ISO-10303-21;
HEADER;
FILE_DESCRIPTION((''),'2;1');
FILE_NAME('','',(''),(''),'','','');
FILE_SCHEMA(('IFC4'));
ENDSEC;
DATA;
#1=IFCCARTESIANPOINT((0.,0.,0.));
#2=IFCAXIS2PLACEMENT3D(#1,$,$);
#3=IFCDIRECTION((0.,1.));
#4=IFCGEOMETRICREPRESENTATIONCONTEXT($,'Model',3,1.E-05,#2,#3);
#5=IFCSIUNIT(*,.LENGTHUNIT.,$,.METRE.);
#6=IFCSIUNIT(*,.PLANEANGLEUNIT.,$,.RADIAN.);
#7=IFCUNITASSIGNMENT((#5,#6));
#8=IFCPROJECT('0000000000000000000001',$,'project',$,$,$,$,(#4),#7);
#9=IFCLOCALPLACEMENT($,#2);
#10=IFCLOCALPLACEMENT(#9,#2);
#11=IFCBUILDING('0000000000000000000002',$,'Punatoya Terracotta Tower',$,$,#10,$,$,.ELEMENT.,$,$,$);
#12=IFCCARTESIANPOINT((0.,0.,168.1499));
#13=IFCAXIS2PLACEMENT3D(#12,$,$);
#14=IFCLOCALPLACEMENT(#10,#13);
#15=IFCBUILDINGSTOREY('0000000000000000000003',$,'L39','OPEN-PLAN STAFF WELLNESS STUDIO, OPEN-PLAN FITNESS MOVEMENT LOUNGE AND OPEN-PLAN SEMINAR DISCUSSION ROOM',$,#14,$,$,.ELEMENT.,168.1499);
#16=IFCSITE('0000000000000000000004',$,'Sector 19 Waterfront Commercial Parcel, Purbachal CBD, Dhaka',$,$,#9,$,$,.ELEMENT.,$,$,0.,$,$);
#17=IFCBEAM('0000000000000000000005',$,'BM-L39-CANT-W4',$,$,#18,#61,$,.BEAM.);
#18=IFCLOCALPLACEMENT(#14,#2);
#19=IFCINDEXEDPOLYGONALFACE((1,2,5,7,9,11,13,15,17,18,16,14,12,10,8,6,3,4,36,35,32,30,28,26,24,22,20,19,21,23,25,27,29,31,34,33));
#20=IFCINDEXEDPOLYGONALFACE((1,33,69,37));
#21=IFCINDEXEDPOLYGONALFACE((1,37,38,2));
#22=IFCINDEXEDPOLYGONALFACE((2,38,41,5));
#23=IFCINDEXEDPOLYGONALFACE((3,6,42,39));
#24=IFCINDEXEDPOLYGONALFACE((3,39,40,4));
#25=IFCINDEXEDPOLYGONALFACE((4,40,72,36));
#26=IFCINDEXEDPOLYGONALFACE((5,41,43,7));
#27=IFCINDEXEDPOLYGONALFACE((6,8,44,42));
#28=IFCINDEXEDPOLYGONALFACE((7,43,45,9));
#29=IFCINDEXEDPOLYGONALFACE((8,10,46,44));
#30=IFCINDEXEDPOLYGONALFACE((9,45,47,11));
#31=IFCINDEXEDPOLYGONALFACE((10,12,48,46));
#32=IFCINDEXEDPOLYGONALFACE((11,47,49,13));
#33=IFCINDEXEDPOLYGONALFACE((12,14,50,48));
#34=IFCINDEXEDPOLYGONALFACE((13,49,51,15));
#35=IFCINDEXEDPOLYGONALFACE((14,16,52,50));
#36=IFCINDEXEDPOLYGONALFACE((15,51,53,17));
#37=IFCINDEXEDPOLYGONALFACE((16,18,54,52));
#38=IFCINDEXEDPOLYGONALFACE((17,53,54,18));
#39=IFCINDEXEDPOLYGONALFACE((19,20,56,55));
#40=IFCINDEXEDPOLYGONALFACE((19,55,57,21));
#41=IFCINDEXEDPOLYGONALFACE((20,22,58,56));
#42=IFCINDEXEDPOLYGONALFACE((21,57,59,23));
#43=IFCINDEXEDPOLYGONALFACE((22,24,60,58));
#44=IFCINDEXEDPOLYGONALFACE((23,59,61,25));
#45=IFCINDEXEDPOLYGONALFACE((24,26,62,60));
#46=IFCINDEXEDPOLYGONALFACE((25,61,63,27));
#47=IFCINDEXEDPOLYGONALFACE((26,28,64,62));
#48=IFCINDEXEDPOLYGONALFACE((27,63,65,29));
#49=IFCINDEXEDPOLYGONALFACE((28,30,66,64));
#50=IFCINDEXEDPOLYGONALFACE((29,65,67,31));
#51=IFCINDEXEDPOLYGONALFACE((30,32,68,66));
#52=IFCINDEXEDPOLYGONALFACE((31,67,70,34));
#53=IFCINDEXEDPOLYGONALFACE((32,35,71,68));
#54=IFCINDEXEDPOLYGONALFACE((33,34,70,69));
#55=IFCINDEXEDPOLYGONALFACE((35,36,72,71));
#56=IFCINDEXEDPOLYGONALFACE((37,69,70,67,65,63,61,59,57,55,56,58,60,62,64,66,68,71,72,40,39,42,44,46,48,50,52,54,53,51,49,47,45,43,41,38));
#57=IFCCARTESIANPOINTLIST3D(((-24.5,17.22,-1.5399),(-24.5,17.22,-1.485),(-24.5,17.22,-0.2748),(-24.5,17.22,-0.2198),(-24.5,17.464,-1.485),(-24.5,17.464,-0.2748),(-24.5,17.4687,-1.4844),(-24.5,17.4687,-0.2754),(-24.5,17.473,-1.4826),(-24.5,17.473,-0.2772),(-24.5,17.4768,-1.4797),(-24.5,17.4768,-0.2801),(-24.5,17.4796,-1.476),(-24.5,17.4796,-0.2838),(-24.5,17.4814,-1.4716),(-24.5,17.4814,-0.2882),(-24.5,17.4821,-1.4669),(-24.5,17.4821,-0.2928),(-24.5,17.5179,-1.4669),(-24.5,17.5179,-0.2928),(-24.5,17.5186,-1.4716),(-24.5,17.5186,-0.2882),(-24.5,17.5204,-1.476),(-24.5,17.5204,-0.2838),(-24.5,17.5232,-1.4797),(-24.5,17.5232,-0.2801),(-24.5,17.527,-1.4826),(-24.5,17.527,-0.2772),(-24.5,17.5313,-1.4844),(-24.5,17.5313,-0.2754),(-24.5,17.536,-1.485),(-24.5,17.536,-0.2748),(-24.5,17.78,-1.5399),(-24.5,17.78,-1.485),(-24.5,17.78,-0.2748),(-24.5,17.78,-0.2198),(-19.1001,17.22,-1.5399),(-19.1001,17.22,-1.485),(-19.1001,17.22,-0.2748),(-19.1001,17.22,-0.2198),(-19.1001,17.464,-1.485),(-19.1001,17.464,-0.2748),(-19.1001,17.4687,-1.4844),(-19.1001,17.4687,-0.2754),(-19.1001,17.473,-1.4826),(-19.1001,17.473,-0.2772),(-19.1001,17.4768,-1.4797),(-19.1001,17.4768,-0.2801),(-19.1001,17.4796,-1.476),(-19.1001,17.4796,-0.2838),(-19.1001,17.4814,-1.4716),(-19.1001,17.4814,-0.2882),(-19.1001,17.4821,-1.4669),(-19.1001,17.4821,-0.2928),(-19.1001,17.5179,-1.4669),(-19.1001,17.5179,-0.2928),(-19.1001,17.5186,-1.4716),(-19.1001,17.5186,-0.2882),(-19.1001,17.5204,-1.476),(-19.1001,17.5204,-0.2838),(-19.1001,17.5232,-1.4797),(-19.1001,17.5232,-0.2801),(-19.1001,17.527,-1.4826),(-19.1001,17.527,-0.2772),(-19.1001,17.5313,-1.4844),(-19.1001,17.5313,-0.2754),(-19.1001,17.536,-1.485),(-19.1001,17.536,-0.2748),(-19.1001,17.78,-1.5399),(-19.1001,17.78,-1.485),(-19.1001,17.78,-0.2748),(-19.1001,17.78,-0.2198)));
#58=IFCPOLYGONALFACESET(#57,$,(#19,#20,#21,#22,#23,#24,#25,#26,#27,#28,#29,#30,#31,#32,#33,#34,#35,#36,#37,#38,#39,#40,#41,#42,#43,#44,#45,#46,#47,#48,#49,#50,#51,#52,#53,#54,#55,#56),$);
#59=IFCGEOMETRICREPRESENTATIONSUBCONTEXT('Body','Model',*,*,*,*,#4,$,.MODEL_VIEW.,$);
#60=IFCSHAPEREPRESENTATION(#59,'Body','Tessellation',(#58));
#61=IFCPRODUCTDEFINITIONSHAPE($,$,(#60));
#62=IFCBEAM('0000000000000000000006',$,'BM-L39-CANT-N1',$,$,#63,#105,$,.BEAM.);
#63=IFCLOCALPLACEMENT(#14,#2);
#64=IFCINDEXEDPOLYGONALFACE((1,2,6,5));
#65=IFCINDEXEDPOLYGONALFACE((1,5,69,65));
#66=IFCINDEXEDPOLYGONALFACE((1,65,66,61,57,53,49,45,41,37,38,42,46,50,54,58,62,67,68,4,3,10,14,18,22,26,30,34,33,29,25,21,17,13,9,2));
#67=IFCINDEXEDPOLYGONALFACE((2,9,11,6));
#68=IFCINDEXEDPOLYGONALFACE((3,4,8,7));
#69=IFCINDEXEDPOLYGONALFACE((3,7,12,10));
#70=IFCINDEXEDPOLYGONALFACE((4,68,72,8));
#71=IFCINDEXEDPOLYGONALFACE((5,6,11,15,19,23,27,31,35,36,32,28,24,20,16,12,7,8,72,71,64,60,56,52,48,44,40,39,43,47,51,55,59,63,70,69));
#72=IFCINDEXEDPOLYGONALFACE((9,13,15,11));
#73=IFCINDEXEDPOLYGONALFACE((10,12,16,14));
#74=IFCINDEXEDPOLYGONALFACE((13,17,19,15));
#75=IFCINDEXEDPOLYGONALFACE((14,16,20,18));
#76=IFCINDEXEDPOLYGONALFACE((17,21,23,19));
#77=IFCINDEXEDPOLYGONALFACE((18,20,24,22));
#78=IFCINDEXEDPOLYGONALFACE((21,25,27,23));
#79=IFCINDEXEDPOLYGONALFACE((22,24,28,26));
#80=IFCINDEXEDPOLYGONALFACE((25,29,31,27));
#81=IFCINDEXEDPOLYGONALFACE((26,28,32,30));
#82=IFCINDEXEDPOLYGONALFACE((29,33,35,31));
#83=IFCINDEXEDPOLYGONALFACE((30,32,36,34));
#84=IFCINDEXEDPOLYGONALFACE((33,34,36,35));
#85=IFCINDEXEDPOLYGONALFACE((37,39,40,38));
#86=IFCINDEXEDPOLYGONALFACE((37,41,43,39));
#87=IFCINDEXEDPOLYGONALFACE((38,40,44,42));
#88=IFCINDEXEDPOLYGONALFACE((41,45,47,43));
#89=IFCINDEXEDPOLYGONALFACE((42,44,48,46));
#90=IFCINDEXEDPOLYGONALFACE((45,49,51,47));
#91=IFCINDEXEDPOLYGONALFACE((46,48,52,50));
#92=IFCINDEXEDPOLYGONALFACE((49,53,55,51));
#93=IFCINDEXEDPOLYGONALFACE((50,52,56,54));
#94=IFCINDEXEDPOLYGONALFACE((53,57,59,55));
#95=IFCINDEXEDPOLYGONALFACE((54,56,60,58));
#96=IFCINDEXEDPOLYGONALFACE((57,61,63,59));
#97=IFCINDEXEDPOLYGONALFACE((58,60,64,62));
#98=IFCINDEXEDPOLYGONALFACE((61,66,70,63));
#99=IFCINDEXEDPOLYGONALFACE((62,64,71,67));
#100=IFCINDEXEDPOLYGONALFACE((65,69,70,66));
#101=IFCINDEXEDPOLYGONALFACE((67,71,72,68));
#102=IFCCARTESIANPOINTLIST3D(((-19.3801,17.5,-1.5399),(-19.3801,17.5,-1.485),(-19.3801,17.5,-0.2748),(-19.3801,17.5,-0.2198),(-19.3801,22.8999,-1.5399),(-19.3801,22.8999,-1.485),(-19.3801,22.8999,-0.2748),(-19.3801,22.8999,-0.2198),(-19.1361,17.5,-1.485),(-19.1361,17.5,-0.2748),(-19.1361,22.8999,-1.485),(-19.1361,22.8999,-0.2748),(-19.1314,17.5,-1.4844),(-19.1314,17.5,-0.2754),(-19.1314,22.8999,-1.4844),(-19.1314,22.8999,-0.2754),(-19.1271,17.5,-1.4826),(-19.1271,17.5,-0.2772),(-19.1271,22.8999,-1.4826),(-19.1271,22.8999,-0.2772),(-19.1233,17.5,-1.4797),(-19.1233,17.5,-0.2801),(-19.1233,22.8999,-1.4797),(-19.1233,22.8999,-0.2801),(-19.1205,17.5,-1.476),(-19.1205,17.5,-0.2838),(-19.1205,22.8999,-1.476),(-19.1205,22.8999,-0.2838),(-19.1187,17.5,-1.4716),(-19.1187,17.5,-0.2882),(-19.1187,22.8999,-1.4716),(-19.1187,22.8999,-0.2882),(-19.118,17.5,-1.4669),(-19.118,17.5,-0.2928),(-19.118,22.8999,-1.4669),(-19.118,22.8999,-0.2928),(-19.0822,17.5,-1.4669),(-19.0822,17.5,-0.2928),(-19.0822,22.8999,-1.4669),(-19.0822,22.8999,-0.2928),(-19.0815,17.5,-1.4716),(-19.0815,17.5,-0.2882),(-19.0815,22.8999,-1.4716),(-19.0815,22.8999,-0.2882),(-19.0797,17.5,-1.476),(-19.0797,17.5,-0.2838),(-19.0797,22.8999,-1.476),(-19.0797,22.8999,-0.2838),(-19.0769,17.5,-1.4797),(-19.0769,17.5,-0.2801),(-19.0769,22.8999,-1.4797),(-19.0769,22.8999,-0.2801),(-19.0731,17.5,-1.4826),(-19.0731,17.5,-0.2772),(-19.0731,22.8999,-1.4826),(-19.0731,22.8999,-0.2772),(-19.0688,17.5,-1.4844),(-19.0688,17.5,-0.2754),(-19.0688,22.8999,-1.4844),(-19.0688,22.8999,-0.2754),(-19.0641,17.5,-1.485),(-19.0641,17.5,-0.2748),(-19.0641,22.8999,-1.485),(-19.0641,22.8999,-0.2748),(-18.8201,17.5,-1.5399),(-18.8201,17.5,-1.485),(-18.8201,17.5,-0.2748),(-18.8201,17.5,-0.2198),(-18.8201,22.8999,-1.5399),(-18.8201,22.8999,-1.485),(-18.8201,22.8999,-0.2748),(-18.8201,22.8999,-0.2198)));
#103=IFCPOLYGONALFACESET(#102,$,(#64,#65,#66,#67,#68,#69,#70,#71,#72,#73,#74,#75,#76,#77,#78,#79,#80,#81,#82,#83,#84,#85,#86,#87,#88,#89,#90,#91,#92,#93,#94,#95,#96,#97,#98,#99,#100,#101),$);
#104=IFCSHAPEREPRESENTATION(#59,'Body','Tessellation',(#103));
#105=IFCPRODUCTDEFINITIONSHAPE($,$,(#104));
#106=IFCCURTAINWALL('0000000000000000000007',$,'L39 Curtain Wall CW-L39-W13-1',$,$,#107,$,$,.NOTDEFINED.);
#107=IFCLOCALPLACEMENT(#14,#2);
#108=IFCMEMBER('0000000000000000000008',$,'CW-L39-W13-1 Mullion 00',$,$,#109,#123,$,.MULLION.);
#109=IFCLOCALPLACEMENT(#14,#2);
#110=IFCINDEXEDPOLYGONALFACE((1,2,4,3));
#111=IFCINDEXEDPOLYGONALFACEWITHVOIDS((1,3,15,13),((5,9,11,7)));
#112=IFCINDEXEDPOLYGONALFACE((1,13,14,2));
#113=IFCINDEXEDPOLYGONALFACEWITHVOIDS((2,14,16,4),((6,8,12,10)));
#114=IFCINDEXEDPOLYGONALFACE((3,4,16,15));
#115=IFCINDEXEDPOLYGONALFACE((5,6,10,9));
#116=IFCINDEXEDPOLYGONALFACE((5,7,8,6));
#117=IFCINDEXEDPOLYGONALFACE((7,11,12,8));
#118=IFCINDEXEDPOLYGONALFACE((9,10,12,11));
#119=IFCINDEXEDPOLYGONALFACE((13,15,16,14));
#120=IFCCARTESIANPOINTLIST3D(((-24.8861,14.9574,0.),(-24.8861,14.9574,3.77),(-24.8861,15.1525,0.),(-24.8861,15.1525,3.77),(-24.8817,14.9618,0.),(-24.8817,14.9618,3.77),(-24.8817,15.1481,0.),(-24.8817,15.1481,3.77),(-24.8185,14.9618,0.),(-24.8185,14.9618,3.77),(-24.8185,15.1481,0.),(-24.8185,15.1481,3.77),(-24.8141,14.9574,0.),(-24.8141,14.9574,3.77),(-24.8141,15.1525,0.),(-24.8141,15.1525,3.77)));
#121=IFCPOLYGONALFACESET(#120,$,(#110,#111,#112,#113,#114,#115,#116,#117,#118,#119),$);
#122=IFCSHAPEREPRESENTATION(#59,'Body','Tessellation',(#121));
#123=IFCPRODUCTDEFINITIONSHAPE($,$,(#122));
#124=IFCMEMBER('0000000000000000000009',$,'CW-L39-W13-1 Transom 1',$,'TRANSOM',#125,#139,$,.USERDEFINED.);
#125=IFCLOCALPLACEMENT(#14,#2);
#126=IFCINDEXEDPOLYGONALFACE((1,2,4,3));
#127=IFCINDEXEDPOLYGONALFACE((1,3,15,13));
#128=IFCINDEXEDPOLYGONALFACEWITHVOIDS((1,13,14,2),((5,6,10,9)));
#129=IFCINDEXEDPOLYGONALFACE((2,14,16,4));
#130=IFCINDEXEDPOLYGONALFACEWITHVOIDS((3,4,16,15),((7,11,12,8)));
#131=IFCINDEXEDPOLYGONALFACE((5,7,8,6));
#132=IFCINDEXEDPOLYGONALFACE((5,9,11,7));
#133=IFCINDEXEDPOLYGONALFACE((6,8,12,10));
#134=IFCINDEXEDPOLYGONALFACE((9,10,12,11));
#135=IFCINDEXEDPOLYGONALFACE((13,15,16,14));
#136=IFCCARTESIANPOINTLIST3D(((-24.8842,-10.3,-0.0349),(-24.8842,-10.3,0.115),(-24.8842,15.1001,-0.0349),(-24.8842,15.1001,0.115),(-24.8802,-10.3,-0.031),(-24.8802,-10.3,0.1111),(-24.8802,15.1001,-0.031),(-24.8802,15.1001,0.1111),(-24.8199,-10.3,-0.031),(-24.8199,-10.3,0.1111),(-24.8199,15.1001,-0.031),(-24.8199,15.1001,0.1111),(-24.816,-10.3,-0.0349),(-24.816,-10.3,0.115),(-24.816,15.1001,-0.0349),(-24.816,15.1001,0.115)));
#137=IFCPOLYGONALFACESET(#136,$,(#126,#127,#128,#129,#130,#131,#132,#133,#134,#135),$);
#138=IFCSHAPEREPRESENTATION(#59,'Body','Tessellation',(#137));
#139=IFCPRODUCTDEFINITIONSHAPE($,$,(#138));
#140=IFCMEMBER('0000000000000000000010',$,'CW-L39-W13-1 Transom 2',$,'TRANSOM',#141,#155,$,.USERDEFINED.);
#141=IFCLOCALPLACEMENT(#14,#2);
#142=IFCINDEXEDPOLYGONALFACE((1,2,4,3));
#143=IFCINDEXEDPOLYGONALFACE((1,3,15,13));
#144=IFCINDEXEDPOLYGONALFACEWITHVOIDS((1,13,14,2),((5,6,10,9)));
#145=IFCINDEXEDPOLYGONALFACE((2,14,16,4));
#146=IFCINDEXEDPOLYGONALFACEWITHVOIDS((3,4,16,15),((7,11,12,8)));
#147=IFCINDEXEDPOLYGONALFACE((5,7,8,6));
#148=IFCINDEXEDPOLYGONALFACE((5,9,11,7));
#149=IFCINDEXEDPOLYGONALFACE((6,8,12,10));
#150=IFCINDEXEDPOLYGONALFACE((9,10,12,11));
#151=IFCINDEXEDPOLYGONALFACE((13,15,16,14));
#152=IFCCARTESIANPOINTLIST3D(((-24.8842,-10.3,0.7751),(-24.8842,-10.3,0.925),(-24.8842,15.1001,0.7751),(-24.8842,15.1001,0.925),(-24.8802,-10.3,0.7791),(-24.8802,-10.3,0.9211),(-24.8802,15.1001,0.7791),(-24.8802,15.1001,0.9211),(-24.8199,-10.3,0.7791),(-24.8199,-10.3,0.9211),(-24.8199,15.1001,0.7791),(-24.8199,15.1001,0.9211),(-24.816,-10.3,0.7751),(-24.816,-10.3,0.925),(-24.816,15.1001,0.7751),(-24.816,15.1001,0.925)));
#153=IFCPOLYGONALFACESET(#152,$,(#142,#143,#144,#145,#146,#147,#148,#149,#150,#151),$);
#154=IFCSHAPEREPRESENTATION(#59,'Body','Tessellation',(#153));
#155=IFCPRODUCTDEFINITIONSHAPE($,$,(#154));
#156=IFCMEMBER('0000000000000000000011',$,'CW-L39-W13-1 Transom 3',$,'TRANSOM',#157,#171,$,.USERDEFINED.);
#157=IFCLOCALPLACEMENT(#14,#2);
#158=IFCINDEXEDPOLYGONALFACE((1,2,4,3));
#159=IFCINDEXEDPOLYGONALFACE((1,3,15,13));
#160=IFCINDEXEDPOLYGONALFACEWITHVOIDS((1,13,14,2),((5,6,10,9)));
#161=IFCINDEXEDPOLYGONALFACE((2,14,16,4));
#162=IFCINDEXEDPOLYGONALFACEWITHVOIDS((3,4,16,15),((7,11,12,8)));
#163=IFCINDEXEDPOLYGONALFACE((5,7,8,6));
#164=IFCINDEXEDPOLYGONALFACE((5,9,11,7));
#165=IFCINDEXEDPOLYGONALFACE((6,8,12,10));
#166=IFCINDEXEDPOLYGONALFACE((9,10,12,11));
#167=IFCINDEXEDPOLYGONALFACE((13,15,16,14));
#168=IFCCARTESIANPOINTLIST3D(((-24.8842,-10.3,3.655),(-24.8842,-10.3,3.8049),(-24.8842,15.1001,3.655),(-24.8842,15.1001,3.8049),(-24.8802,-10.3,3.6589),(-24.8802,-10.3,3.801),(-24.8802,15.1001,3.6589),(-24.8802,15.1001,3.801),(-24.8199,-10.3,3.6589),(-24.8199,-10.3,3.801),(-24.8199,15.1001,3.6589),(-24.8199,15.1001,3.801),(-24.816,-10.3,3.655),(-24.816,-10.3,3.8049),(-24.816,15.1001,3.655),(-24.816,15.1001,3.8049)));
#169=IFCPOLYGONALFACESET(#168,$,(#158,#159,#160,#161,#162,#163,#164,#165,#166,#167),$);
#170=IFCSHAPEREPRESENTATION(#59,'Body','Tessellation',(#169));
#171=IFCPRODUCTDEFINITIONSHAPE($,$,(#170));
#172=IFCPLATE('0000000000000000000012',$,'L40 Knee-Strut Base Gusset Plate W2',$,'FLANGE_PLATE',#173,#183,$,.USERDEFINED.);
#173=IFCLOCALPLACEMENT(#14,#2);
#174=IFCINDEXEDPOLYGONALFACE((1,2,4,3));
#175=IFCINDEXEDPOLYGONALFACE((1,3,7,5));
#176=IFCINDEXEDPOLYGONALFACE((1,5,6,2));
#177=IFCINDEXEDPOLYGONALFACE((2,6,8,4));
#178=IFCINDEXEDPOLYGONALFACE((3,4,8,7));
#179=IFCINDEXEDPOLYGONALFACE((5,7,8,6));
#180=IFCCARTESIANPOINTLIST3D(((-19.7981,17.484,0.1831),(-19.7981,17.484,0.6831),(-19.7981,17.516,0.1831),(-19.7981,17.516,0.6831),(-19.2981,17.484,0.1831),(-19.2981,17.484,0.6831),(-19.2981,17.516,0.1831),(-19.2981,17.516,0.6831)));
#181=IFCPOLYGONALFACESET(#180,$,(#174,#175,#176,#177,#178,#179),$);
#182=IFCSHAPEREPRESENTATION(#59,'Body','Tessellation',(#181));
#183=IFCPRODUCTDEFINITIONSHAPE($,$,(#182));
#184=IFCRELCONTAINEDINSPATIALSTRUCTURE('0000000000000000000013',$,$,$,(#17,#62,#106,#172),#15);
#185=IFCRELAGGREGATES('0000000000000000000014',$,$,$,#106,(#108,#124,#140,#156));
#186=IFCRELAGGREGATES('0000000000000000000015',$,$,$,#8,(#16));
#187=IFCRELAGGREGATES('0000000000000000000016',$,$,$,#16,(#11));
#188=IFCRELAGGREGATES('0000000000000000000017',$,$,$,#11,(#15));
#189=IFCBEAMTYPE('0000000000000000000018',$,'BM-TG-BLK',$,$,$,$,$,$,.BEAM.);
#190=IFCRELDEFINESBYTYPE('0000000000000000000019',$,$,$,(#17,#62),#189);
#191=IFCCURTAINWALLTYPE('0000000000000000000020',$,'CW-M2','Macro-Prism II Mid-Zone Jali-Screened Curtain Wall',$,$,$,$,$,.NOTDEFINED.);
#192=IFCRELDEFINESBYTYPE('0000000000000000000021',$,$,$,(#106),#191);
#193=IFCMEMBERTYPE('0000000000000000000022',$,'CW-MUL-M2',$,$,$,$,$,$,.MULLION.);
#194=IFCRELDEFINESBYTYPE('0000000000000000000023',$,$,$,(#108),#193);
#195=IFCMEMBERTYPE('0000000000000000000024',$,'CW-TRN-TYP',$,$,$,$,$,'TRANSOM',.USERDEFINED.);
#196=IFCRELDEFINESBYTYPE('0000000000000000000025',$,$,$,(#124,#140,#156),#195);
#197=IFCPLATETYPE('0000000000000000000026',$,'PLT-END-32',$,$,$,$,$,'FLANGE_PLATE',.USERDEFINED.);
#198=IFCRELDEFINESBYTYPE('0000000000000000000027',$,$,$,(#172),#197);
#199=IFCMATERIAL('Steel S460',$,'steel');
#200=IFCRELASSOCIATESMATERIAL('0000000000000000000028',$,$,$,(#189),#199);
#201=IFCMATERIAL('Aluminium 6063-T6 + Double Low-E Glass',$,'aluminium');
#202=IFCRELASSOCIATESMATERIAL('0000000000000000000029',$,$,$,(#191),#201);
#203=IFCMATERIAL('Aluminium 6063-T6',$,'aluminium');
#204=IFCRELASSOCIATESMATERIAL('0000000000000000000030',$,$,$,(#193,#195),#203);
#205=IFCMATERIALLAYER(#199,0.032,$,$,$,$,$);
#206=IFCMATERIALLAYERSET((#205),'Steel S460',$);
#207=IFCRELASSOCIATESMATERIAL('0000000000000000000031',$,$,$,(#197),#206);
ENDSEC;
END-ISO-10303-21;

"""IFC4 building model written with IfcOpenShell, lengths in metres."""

from ifc_helpers import new_model, si_unit, direction, frame, origin, origin_2d, place, context, subcontext, project, spatial, rectangle, hollow_rectangle, i_section, extrude, material, layer, layer_set, material_profile, profile_set, type_object, element, aggregate, save


model = new_model("IFC4")

# Units and contexts
model_context = context("Model", 3, precision=1e-05, world=origin(), true_north=direction((0.0, 1.0)))
body_context = subcontext(model_context, "Body", "Model", "MODEL_VIEW")
ifc_project = project(units=[si_unit("LENGTHUNIT", "METRE"), si_unit("PLANEANGLEUNIT", "RADIAN")], contexts=[model_context])

# Site, building, storey
site_placement = place(None, origin())
site = spatial("IfcSite", under=ifc_project, at=site_placement, Name="Sector 19 Waterfront Commercial Parcel, Purbachal CBD, Dhaka", CompositionType="ELEMENT", RefElevation=0.0)
building_placement = place(site_placement, origin())
building = spatial("IfcBuilding", under=site, at=building_placement, Name="Punatoya Terracotta Tower", CompositionType="ELEMENT")
storey_placement = place(building_placement, frame((0.0, 0.0, 168.1499)))
storey = spatial("IfcBuildingStorey", under=building, at=storey_placement, Name="L39", Description="OPEN-PLAN STAFF WELLNESS STUDIO, OPEN-PLAN FITNESS MOVEMENT LOUNGE AND OPEN-PLAN SEMINAR DISCUSSION ROOM", CompositionType="ELEMENT", Elevation=168.1499)

# Shared definitions
ifc_material_1 = material(Name="Steel S460", Category="steel")

# Beams
ifc_material_profile_1 = material_profile(ifc_material_1, i_section(OverallWidth=0.5601, OverallDepth=1.3201, WebThickness=0.0359, FlangeThickness=0.0549, FilletRadius=0.0181, at=origin_2d()))
ifc_profile_set_1 = profile_set([ifc_material_profile_1], Name="Steel S460")
beam_type_1 = type_object("IfcBeamType", Name="BM-TG-BLK", PredefinedType="BEAM", material=ifc_profile_set_1)
for number, where, z_axis, x_axis, name in (
    (1, (-24.5, 17.5, -0.8799), (1.0, 0.0, 0.0), (0.0, 1.0, 0.0), "BM-L39-CANT-W4"),
    (2, (-19.1001, 17.5, -0.8799), (0.0, 1.0, 0.0), (-1.0, 0.0, 0.0), "BM-L39-CANT-N1"),
):
    element("IfcBeam", number, at=place(storey_placement, frame(where, z_axis=z_axis, x_axis=x_axis)), inside=storey, type_object=beam_type_1, Name=name, PredefinedType="BEAM", context=body_context, shape_type="SweptSolid", body=[
        extrude(i_section(OverallWidth=0.5601, OverallDepth=1.3201, WebThickness=0.0359, FlangeThickness=0.0549, FilletRadius=0.0181, at=origin_2d()), origin(), (0.0, 0.0, 1.0), 5.3999),
    ])

# Curtain wall, members
ifc_material_2 = material(Name="Aluminium 6063-T6 + Double Low-E Glass", Category="aluminium")
curtain_wall_type = type_object("IfcCurtainWallType", Name="CW-M2", Description="Macro-Prism II Mid-Zone Jali-Screened Curtain Wall", PredefinedType="NOTDEFINED", material=ifc_material_2)
curtain_wall_placement = place(storey_placement, origin())
curtain_wall = element("IfcCurtainWall", 3, at=curtain_wall_placement, inside=storey, type_object=curtain_wall_type, Name="L39 Curtain Wall CW-L39-W13-1", PredefinedType="NOTDEFINED")
ifc_material_3 = material(Name="Aluminium 6063-T6", Category="aluminium")
ifc_material_profile_2 = material_profile(ifc_material_3, hollow_rectangle(XDim=0.072, YDim=0.1951, WallThickness=0.0044, at=origin_2d()))
ifc_profile_set_2 = profile_set([ifc_material_profile_2], Name="Aluminium 6063-T6")
member_type_1 = type_object("IfcMemberType", Name="CW-MUL-M2", PredefinedType="MULLION", material=ifc_profile_set_2)
member_1_placement = place(storey_placement, frame((-24.8501, 15.0549, 0.0), z_axis=(0.0, 0.0, 1.0), x_axis=(1.0, 0.0, 0.0)))
member_1 = element("IfcMember", 4, at=member_1_placement, type_object=member_type_1, Name="CW-L39-W13-1 Mullion 00", PredefinedType="MULLION", context=body_context, shape_type="SweptSolid", body=[
    extrude(hollow_rectangle(XDim=0.072, YDim=0.1951, WallThickness=0.0044, at=origin_2d()), origin(), (0.0, 0.0, 1.0), 3.77),
])
ifc_material_profile_3 = material_profile(ifc_material_3, hollow_rectangle(XDim=0.0681, YDim=0.1499, WallThickness=0.0039, at=origin_2d()))
ifc_profile_set_3 = profile_set([ifc_material_profile_3], Name="Aluminium 6063-T6")
member_type_2 = type_object("IfcMemberType", Name="CW-TRN-TYP", ElementType="TRANSOM", PredefinedType="USERDEFINED", material=ifc_profile_set_3)
member_2_placement = place(storey_placement, frame((-24.8501, 15.1001, 0.04), z_axis=(0.0, -1.0, 0.0), x_axis=(1.0, 0.0, 0.0)))
member_2 = element("IfcMember", 5, at=member_2_placement, type_object=member_type_2, Name="CW-L39-W13-1 Transom 1", ObjectType="TRANSOM", PredefinedType="USERDEFINED", context=body_context, shape_type="SweptSolid", body=[
    extrude(hollow_rectangle(XDim=0.0681, YDim=0.1499, WallThickness=0.0039, at=origin_2d()), origin(), (0.0, 0.0, 1.0), 25.4001),
])
member_3_placement = place(storey_placement, frame((-24.8501, 15.1001, 0.8501), z_axis=(0.0, -1.0, 0.0), x_axis=(1.0, 0.0, 0.0)))
member_3 = element("IfcMember", 6, at=member_3_placement, type_object=member_type_2, Name="CW-L39-W13-1 Transom 2", ObjectType="TRANSOM", PredefinedType="USERDEFINED", context=body_context, shape_type="SweptSolid", body=[
    extrude(hollow_rectangle(XDim=0.0681, YDim=0.1499, WallThickness=0.0039, at=origin_2d()), origin(), (0.0, 0.0, 1.0), 25.4001),
])
member_4_placement = place(storey_placement, frame((-24.8501, 15.1001, 3.73), z_axis=(0.0, -1.0, 0.0), x_axis=(1.0, 0.0, 0.0)))
member_4 = element("IfcMember", 7, at=member_4_placement, type_object=member_type_2, Name="CW-L39-W13-1 Transom 3", ObjectType="TRANSOM", PredefinedType="USERDEFINED", context=body_context, shape_type="SweptSolid", body=[
    extrude(hollow_rectangle(XDim=0.0681, YDim=0.1499, WallThickness=0.0039, at=origin_2d()), origin(), (0.0, 0.0, 1.0), 25.4001),
])

# Plate
ifc_layer_1 = layer(ifc_material_1, 0.032)
ifc_layer_set_1 = layer_set([ifc_layer_1], Name="Steel S460")
plate_type_1 = type_object("IfcPlateType", Name="PLT-END-32", ElementType="FLANGE_PLATE", PredefinedType="USERDEFINED", material=ifc_layer_set_1)
plate_1_placement = place(storey_placement, frame((-19.5481, 17.5, 0.1831), z_axis=(0.0, 0.0, 1.0), x_axis=(1.0, 0.0, 0.0)))
element("IfcPlate", 8, at=plate_1_placement, inside=storey, type_object=plate_type_1, Name="L40 Knee-Strut Base Gusset Plate W2", ObjectType="FLANGE_PLATE", PredefinedType="USERDEFINED", context=body_context, shape_type="SweptSolid", body=[
    extrude(rectangle(XDim=0.5, YDim=0.032, at=origin_2d()), origin(), (0.0, 0.0, 1.0), 0.5),
])
aggregate(curtain_wall, [member_1, member_2, member_3, member_4])

save(model, "model.ifc")
